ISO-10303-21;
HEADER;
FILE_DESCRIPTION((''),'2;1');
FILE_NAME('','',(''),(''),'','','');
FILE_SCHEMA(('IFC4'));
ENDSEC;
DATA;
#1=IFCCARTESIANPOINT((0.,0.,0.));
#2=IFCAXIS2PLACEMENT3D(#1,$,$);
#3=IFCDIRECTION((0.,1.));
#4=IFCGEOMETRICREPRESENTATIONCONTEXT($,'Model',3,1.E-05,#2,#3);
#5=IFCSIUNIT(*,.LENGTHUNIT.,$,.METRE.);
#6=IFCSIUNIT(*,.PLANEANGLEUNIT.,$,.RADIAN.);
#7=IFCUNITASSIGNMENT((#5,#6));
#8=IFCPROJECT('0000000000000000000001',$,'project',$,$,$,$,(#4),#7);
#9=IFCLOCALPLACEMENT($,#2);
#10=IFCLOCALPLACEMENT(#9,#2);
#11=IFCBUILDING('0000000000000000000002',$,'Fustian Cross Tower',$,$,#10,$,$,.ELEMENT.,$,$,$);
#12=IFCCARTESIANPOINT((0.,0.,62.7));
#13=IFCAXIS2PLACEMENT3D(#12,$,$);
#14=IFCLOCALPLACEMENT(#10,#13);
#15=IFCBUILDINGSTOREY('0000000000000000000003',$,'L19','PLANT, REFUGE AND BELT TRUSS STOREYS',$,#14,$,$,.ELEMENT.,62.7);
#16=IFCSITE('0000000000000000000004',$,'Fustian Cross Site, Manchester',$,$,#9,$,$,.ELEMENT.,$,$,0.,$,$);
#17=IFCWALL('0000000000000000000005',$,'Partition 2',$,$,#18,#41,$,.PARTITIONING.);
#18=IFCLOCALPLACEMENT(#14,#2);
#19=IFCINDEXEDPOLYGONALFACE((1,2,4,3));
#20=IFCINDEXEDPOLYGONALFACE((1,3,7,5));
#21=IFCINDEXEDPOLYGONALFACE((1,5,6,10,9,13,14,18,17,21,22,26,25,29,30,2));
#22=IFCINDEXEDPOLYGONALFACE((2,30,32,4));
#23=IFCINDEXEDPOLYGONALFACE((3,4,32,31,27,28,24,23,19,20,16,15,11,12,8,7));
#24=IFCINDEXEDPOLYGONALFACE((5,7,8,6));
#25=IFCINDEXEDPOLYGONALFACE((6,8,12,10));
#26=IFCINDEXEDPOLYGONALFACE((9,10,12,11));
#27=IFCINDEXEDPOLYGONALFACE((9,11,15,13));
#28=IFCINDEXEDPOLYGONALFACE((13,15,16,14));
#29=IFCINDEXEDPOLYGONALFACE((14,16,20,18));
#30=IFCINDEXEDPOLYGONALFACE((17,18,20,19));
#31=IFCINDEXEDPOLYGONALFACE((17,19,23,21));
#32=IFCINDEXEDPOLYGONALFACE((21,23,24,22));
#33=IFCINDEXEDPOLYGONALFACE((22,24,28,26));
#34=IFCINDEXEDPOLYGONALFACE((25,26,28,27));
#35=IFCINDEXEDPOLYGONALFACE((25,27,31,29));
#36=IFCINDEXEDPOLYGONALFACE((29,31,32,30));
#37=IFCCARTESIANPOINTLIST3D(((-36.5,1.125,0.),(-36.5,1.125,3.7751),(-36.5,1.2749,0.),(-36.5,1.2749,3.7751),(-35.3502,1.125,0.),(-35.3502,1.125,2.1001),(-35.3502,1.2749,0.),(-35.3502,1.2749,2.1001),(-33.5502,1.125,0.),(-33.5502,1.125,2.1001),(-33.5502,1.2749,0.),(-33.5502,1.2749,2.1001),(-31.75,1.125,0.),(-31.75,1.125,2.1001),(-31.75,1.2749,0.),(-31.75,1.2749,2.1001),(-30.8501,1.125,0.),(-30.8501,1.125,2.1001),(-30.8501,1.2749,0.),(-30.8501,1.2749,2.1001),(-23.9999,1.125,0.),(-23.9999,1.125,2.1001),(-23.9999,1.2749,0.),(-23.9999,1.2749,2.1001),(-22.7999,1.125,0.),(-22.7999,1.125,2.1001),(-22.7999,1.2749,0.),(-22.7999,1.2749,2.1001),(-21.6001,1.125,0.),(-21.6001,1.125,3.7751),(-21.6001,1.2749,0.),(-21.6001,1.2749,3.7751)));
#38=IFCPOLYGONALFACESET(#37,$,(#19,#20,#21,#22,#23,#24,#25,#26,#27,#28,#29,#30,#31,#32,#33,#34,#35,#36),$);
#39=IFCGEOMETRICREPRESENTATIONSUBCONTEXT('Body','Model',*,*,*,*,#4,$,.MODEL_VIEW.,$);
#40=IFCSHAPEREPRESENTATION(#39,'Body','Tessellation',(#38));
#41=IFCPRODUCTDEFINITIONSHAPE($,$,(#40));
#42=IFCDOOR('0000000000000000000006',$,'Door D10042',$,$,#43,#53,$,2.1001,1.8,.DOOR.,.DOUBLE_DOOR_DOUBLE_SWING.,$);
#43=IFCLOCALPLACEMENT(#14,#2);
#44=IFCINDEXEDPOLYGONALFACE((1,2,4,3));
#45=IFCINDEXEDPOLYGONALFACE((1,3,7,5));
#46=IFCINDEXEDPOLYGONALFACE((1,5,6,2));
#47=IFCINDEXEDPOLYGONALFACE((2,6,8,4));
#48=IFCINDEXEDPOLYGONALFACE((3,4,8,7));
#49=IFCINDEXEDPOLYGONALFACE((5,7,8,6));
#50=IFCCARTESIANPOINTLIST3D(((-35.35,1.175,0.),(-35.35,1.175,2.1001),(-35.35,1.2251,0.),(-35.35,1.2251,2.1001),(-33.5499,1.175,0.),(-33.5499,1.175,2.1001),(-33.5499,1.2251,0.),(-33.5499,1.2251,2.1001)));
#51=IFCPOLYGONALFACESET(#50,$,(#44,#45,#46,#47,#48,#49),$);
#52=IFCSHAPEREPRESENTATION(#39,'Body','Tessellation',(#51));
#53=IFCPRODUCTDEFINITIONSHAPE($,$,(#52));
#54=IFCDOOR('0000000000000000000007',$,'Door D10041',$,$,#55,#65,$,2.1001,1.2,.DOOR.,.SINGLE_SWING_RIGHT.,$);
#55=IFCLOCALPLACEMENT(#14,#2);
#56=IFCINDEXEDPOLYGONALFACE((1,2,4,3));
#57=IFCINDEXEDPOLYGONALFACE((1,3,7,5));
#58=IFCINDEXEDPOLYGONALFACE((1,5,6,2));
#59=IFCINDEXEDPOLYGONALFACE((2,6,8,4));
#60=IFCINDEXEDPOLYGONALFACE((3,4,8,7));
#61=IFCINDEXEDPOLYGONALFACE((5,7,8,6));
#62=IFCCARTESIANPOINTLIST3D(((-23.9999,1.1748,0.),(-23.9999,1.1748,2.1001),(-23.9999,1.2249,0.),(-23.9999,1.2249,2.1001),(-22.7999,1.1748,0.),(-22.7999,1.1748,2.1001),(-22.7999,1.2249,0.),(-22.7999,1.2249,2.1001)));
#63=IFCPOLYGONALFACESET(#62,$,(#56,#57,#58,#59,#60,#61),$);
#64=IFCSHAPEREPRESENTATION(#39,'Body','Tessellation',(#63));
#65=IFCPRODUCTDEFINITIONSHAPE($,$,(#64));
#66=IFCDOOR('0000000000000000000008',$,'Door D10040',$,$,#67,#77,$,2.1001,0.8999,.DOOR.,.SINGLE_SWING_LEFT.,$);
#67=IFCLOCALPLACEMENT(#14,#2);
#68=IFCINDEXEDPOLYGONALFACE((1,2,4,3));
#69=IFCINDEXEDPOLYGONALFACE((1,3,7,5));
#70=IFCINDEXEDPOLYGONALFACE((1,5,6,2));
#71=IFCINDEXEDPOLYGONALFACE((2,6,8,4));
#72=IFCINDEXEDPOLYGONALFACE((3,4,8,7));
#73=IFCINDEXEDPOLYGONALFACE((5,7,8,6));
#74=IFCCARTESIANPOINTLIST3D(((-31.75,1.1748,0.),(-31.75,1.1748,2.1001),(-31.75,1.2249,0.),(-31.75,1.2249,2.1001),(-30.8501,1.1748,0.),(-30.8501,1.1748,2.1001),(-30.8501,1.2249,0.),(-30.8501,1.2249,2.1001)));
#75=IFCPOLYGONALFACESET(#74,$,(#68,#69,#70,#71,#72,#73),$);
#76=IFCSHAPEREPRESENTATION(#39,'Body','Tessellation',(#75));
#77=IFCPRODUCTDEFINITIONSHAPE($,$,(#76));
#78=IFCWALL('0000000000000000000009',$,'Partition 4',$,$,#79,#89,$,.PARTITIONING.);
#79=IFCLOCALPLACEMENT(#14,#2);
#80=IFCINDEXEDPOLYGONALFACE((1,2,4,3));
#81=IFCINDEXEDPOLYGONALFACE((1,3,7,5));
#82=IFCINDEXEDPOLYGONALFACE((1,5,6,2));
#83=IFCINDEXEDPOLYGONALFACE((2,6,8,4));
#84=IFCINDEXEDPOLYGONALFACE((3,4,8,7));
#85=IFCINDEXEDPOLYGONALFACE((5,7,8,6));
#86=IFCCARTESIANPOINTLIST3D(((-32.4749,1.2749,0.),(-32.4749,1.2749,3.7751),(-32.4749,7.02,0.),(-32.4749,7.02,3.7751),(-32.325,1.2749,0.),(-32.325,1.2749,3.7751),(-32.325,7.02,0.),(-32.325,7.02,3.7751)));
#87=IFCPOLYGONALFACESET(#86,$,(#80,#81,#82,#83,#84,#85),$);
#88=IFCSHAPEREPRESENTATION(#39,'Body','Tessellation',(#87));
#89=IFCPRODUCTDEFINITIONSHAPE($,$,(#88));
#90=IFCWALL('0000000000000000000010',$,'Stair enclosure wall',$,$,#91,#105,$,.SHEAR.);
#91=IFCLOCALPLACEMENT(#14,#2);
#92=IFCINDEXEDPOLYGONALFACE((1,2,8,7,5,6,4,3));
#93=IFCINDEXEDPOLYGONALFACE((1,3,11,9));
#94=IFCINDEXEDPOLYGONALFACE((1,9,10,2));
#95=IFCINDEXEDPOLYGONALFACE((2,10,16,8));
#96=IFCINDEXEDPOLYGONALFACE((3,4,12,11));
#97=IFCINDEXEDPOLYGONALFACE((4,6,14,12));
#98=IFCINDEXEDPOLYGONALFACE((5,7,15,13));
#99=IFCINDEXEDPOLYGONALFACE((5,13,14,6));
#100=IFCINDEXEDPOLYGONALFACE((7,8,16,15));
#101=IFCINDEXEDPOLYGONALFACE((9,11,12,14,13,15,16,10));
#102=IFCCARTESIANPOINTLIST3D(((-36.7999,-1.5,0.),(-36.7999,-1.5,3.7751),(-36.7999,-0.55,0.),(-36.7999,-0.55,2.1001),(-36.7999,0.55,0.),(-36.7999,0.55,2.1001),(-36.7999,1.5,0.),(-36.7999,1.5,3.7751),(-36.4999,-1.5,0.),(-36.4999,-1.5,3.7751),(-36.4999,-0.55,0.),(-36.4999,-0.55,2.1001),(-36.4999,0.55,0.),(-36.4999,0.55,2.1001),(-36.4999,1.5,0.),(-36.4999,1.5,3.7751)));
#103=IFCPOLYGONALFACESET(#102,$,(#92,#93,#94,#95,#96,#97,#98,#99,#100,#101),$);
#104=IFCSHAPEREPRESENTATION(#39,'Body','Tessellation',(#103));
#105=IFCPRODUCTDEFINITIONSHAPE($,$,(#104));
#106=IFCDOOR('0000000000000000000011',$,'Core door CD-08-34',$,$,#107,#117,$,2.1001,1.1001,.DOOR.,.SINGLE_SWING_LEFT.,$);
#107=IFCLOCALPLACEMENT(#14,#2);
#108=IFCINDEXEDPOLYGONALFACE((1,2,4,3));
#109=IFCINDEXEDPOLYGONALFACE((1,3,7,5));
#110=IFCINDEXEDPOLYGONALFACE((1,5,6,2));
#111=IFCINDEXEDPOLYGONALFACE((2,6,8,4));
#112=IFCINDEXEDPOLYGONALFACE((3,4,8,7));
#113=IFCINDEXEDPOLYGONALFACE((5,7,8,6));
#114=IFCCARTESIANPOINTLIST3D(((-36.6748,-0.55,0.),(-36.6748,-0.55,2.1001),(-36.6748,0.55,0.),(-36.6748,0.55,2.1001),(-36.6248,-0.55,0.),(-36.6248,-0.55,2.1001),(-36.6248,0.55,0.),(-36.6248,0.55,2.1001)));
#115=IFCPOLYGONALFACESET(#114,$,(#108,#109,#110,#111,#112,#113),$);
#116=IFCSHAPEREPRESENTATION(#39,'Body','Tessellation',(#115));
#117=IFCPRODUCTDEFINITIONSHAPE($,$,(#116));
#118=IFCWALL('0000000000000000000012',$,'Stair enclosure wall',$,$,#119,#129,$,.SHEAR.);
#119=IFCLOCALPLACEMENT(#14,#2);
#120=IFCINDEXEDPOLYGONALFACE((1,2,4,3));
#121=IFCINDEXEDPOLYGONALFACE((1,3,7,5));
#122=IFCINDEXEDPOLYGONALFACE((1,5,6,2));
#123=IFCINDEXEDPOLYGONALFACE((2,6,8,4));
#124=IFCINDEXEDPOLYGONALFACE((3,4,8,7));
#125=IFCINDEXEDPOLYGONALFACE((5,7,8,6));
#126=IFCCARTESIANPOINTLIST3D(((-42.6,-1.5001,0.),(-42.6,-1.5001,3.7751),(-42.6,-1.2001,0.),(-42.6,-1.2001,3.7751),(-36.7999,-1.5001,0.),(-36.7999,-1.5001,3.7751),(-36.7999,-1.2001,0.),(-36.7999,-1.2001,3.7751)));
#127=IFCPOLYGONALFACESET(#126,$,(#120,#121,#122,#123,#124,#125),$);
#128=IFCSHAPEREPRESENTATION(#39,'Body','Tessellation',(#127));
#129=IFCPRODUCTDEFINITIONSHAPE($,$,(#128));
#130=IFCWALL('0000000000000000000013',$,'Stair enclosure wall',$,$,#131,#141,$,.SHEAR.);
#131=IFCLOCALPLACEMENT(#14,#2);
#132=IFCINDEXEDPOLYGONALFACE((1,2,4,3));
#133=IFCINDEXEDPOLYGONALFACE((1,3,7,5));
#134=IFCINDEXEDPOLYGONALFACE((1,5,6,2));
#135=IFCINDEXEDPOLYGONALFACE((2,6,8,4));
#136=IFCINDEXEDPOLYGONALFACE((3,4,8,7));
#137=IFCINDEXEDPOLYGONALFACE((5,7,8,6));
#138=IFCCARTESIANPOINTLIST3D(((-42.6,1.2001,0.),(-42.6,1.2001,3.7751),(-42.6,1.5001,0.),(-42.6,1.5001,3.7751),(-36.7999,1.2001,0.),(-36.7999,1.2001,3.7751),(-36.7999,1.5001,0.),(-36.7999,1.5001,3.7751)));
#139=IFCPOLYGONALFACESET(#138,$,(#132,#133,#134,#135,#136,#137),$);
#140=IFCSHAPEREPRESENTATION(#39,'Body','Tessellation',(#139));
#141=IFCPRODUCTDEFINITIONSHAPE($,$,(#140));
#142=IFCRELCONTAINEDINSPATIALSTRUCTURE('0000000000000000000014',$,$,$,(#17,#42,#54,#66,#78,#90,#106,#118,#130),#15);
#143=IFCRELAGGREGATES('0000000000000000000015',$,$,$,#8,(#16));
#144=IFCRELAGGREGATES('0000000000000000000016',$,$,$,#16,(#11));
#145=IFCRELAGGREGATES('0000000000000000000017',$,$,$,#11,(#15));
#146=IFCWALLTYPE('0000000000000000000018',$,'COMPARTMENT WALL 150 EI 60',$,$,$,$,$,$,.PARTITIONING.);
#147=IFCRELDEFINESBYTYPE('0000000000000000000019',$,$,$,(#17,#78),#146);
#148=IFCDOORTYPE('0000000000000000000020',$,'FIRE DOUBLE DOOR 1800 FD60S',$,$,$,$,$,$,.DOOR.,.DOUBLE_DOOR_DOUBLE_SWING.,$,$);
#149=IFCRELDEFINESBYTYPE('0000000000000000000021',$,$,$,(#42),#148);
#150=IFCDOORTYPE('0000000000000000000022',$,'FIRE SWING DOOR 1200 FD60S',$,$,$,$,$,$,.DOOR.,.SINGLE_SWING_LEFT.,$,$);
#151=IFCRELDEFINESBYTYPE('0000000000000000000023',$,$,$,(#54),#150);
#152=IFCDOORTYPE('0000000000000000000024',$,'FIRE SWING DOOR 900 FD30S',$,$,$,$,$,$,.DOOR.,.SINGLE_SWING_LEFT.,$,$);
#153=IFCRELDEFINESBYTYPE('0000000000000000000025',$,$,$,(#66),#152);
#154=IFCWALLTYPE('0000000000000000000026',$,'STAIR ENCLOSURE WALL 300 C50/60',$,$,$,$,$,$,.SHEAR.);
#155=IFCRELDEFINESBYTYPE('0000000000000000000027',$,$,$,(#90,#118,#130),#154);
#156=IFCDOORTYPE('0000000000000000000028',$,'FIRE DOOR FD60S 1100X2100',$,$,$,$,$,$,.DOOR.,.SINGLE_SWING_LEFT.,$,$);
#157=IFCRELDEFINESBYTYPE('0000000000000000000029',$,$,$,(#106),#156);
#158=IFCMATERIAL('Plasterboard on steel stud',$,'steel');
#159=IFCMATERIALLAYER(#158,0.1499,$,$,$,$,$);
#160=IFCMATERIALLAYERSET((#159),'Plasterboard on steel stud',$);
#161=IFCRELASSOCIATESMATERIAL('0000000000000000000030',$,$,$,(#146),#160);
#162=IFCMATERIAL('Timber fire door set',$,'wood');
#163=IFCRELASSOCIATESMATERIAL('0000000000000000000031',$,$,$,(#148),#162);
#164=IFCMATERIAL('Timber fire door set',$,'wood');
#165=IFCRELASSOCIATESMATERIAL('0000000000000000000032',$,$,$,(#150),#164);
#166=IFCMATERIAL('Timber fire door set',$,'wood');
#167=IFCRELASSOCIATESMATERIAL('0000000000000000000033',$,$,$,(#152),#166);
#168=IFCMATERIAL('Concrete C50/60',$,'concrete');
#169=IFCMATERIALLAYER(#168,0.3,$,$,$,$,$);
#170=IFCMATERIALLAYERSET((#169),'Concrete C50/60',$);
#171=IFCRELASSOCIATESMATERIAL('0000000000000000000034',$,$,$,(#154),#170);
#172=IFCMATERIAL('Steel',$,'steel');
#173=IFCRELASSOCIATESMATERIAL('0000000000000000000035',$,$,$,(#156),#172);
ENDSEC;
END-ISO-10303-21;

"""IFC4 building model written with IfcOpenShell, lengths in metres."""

from ifc_helpers import new_model, si_unit, direction, frame, frame_2d, origin, place, context, subcontext, project, spatial, rectangle, extrude, material, layer, layer_set, type_object, element, fill, save


model = new_model("IFC4")

# Units and contexts
model_context = context("Model", 3, precision=1e-05, world=origin(), true_north=direction((0.0, 1.0)))
body_context = subcontext(model_context, "Body", "Model", "MODEL_VIEW")
ifc_project = project(units=[si_unit("LENGTHUNIT", "METRE"), si_unit("PLANEANGLEUNIT", "RADIAN")], contexts=[model_context])

# Site, building, storey
site_placement = place(None, origin())
site = spatial("IfcSite", under=ifc_project, at=site_placement, Name="Fustian Cross Site, Manchester", CompositionType="ELEMENT", RefElevation=0.0)
building_placement = place(site_placement, origin())
building = spatial("IfcBuilding", under=site, at=building_placement, Name="Fustian Cross Tower", CompositionType="ELEMENT")
storey_placement = place(building_placement, frame((0.0, 0.0, 62.7)))
storey = spatial("IfcBuildingStorey", under=building, at=storey_placement, Name="L19", Description="PLANT, REFUGE AND BELT TRUSS STOREYS", CompositionType="ELEMENT", Elevation=62.7)

# Wall, openings, doors
ifc_material_1 = material(Name="Plasterboard on steel stud", Category="steel")
ifc_layer_1 = layer(ifc_material_1, 0.1499)
ifc_layer_set_1 = layer_set([ifc_layer_1], Name="Plasterboard on steel stud")
wall_type_1 = type_object("IfcWallType", Name="COMPARTMENT WALL 150 EI 60", PredefinedType="PARTITIONING", material=ifc_layer_set_1)
ifc_material_2 = material(Name="Timber fire door set", Category="wood")
door_type_1 = type_object("IfcDoorType", Name="FIRE DOUBLE DOOR 1800 FD60S", OperationType="DOUBLE_DOOR_DOUBLE_SWING", PredefinedType="DOOR", material=ifc_material_2)
wall_1_placement = place(storey_placement, frame((-36.5, 1.2, 0.0), z_axis=(0.0, 0.0, 1.0), x_axis=(1.0, 0.0, 0.0)))
wall_1 = element("IfcWall", 1, at=wall_1_placement, inside=storey, type_object=wall_type_1, Name="Partition 2", PredefinedType="PARTITIONING", context=body_context, shape_type="SweptSolid", body=[
    extrude(rectangle(XDim=14.8999, YDim=0.1499, at=frame_2d((7.45, 0.0))), origin(), (0.0, 0.0, 1.0), 3.7751),
])
opening_1_placement = place(wall_1_placement, frame((4.75, 0.0, 0.0)))
opening_1 = element("IfcOpeningElement", 2, at=opening_1_placement, cuts=wall_1, PredefinedType="OPENING", context=body_context, shape_type="SweptSolid", body=[
    extrude(rectangle(XDim=0.8999, YDim=2.1001, at=frame_2d((0.45, 1.05))), frame((0.0, 0.085, 0.0), z_axis=(0.0, -1.0, 0.0), x_axis=(1.0, 0.0, 0.0)), (0.0, 0.0, 1.0), 0.1699),
])
opening_2_placement = place(wall_1_placement, frame((12.5, 0.0, 0.0)))
opening_2 = element("IfcOpeningElement", 3, at=opening_2_placement, cuts=wall_1, PredefinedType="OPENING", context=body_context, shape_type="SweptSolid", body=[
    extrude(rectangle(XDim=1.2, YDim=2.1001, at=frame_2d((0.6001, 1.05))), frame((0.0, 0.085, 0.0), z_axis=(0.0, -1.0, 0.0), x_axis=(1.0, 0.0, 0.0)), (0.0, 0.0, 1.0), 0.1699),
])
opening_3_placement = place(wall_1_placement, frame((1.1499, 0.0, 0.0)))
opening_3 = element("IfcOpeningElement", 4, at=opening_3_placement, cuts=wall_1, PredefinedType="OPENING", context=body_context, shape_type="SweptSolid", body=[
    extrude(rectangle(XDim=1.8, YDim=2.1001, at=frame_2d((0.8999, 1.05))), frame((0.0, 0.085, 0.0), z_axis=(0.0, -1.0, 0.0), x_axis=(1.0, 0.0, 0.0)), (0.0, 0.0, 1.0), 0.1699),
])
door_1_placement = place(opening_3_placement, frame((1.8, 0.0, 0.0), z_axis=(0.0, 0.0, 1.0), x_axis=(-1.0, 0.0, 0.0)))
door_1 = element("IfcDoor", 5, at=door_1_placement, inside=storey, type_object=door_type_1, Name="Door D10042", OperationType="DOUBLE_DOOR_DOUBLE_SWING", OverallHeight=2.1001, OverallWidth=1.8, PredefinedType="DOOR", context=body_context, shape_type="SweptSolid", body=[
    extrude(rectangle(XDim=1.8, YDim=2.1001, at=frame_2d((0.8999, 1.05))), frame((0.0, 0.0249, 0.0), z_axis=(0.0, -1.0, 0.0), x_axis=(1.0, 0.0, 0.0)), (0.0, 0.0, 1.0), 0.05),
])
fill(opening_3, door_1)
ifc_material_3 = material(Name="Timber fire door set", Category="wood")
door_type_2 = type_object("IfcDoorType", Name="FIRE SWING DOOR 1200 FD60S", OperationType="SINGLE_SWING_LEFT", PredefinedType="DOOR", material=ifc_material_3)
door_2_placement = place(opening_2_placement, origin())
door_2 = element("IfcDoor", 6, at=door_2_placement, inside=storey, type_object=door_type_2, Name="Door D10041", OperationType="SINGLE_SWING_RIGHT", OverallHeight=2.1001, OverallWidth=1.2, PredefinedType="DOOR", context=body_context, shape_type="SweptSolid", body=[
    extrude(rectangle(XDim=1.2, YDim=2.1001, at=frame_2d((0.6001, 1.05))), frame((0.0, 0.0249, 0.0), z_axis=(0.0, -1.0, 0.0), x_axis=(1.0, 0.0, 0.0)), (0.0, 0.0, 1.0), 0.05),
])
fill(opening_2, door_2)
ifc_material_4 = material(Name="Timber fire door set", Category="wood")
door_type_3 = type_object("IfcDoorType", Name="FIRE SWING DOOR 900 FD30S", OperationType="SINGLE_SWING_LEFT", PredefinedType="DOOR", material=ifc_material_4)
door_3_placement = place(opening_1_placement, origin())
door_3 = element("IfcDoor", 7, at=door_3_placement, inside=storey, type_object=door_type_3, Name="Door D10040", OperationType="SINGLE_SWING_LEFT", OverallHeight=2.1001, OverallWidth=0.8999, PredefinedType="DOOR", context=body_context, shape_type="SweptSolid", body=[
    extrude(rectangle(XDim=0.8999, YDim=2.1001, at=frame_2d((0.45, 1.05))), frame((0.0, 0.0249, 0.0), z_axis=(0.0, -1.0, 0.0), x_axis=(1.0, 0.0, 0.0)), (0.0, 0.0, 1.0), 0.05),
])
fill(opening_1, door_3)

# Wall
wall_2_placement = place(storey_placement, frame((-32.3999, 1.2749, 0.0), z_axis=(0.0, 0.0, 1.0), x_axis=(0.0, 1.0, 0.0)))
element("IfcWall", 8, at=wall_2_placement, inside=storey, type_object=wall_type_1, Name="Partition 4", PredefinedType="PARTITIONING", context=body_context, shape_type="SweptSolid", body=[
    extrude(rectangle(XDim=5.7451, YDim=0.1499, at=frame_2d((2.8726, 0.0))), origin(), (0.0, 0.0, 1.0), 3.7751),
])

# Wall, opening, door
ifc_material_5 = material(Name="Concrete C50/60", Category="concrete")
ifc_layer_2 = layer(ifc_material_5, 0.3)
ifc_layer_set_2 = layer_set([ifc_layer_2], Name="Concrete C50/60")
wall_type_2 = type_object("IfcWallType", Name="STAIR ENCLOSURE WALL 300 C50/60", PredefinedType="SHEAR", material=ifc_layer_set_2)
wall_3_placement = place(storey_placement, frame((-36.6499, -1.5, 0.0), z_axis=(0.0, 0.0, 1.0), x_axis=(0.0, 1.0, 0.0)))
wall_3 = element("IfcWall", 9, at=wall_3_placement, inside=storey, type_object=wall_type_2, Name="Stair enclosure wall", PredefinedType="SHEAR", context=body_context, shape_type="SweptSolid", body=[
    extrude(rectangle(XDim=3.0, YDim=0.3, at=frame_2d((1.5, 0.0))), origin(), (0.0, 0.0, 1.0), 3.7751),
])
opening_4_placement = place(wall_3_placement, frame((0.95, 0.0, 0.0)))
opening_4 = element("IfcOpeningElement", 10, at=opening_4_placement, cuts=wall_3, PredefinedType="OPENING", context=body_context, shape_type="SweptSolid", body=[
    extrude(rectangle(XDim=1.1001, YDim=2.1001, at=frame_2d((0.55, 1.05))), frame((0.0, 0.1599, 0.0), z_axis=(0.0, -1.0, 0.0), x_axis=(1.0, 0.0, 0.0)), (0.0, 0.0, 1.0), 0.3201),
])
ifc_material_6 = material(Name="Steel", Category="steel")
door_type_4 = type_object("IfcDoorType", Name="FIRE DOOR FD60S 1100X2100", OperationType="SINGLE_SWING_LEFT", PredefinedType="DOOR", material=ifc_material_6)
door_4_placement = place(opening_4_placement, origin())
door_4 = element("IfcDoor", 11, at=door_4_placement, inside=storey, type_object=door_type_4, Name="Core door CD-08-34", OperationType="SINGLE_SWING_LEFT", OverallHeight=2.1001, OverallWidth=1.1001, PredefinedType="DOOR", context=body_context, shape_type="SweptSolid", body=[
    extrude(rectangle(XDim=1.1001, YDim=2.1001, at=frame_2d((0.55, 1.05))), frame((0.0, 0.0249, 0.0), z_axis=(0.0, -1.0, 0.0), x_axis=(1.0, 0.0, 0.0)), (0.0, 0.0, 1.0), 0.05),
])
fill(opening_4, door_4)

# Walls
for number, where, z_axis, x_axis, name in (
    (12, (-36.8, -1.3501, 0.0), (0.0, 0.0, 1.0), (-1.0, 0.0, 0.0), "Stair enclosure wall"),
    (13, (-36.8, 1.3501, 0.0), (0.0, 0.0, 1.0), (-1.0, 0.0, 0.0), "Stair enclosure wall"),
):
    element("IfcWall", number, at=place(storey_placement, frame(where, z_axis=z_axis, x_axis=x_axis)), inside=storey, type_object=wall_type_2, Name=name, PredefinedType="SHEAR", context=body_context, shape_type="SweptSolid", body=[
        extrude(rectangle(XDim=5.8, YDim=0.3, at=frame_2d((2.8999, 0.0))), origin(), (0.0, 0.0, 1.0), 3.7751),
    ])

save(model, "model.ifc")
